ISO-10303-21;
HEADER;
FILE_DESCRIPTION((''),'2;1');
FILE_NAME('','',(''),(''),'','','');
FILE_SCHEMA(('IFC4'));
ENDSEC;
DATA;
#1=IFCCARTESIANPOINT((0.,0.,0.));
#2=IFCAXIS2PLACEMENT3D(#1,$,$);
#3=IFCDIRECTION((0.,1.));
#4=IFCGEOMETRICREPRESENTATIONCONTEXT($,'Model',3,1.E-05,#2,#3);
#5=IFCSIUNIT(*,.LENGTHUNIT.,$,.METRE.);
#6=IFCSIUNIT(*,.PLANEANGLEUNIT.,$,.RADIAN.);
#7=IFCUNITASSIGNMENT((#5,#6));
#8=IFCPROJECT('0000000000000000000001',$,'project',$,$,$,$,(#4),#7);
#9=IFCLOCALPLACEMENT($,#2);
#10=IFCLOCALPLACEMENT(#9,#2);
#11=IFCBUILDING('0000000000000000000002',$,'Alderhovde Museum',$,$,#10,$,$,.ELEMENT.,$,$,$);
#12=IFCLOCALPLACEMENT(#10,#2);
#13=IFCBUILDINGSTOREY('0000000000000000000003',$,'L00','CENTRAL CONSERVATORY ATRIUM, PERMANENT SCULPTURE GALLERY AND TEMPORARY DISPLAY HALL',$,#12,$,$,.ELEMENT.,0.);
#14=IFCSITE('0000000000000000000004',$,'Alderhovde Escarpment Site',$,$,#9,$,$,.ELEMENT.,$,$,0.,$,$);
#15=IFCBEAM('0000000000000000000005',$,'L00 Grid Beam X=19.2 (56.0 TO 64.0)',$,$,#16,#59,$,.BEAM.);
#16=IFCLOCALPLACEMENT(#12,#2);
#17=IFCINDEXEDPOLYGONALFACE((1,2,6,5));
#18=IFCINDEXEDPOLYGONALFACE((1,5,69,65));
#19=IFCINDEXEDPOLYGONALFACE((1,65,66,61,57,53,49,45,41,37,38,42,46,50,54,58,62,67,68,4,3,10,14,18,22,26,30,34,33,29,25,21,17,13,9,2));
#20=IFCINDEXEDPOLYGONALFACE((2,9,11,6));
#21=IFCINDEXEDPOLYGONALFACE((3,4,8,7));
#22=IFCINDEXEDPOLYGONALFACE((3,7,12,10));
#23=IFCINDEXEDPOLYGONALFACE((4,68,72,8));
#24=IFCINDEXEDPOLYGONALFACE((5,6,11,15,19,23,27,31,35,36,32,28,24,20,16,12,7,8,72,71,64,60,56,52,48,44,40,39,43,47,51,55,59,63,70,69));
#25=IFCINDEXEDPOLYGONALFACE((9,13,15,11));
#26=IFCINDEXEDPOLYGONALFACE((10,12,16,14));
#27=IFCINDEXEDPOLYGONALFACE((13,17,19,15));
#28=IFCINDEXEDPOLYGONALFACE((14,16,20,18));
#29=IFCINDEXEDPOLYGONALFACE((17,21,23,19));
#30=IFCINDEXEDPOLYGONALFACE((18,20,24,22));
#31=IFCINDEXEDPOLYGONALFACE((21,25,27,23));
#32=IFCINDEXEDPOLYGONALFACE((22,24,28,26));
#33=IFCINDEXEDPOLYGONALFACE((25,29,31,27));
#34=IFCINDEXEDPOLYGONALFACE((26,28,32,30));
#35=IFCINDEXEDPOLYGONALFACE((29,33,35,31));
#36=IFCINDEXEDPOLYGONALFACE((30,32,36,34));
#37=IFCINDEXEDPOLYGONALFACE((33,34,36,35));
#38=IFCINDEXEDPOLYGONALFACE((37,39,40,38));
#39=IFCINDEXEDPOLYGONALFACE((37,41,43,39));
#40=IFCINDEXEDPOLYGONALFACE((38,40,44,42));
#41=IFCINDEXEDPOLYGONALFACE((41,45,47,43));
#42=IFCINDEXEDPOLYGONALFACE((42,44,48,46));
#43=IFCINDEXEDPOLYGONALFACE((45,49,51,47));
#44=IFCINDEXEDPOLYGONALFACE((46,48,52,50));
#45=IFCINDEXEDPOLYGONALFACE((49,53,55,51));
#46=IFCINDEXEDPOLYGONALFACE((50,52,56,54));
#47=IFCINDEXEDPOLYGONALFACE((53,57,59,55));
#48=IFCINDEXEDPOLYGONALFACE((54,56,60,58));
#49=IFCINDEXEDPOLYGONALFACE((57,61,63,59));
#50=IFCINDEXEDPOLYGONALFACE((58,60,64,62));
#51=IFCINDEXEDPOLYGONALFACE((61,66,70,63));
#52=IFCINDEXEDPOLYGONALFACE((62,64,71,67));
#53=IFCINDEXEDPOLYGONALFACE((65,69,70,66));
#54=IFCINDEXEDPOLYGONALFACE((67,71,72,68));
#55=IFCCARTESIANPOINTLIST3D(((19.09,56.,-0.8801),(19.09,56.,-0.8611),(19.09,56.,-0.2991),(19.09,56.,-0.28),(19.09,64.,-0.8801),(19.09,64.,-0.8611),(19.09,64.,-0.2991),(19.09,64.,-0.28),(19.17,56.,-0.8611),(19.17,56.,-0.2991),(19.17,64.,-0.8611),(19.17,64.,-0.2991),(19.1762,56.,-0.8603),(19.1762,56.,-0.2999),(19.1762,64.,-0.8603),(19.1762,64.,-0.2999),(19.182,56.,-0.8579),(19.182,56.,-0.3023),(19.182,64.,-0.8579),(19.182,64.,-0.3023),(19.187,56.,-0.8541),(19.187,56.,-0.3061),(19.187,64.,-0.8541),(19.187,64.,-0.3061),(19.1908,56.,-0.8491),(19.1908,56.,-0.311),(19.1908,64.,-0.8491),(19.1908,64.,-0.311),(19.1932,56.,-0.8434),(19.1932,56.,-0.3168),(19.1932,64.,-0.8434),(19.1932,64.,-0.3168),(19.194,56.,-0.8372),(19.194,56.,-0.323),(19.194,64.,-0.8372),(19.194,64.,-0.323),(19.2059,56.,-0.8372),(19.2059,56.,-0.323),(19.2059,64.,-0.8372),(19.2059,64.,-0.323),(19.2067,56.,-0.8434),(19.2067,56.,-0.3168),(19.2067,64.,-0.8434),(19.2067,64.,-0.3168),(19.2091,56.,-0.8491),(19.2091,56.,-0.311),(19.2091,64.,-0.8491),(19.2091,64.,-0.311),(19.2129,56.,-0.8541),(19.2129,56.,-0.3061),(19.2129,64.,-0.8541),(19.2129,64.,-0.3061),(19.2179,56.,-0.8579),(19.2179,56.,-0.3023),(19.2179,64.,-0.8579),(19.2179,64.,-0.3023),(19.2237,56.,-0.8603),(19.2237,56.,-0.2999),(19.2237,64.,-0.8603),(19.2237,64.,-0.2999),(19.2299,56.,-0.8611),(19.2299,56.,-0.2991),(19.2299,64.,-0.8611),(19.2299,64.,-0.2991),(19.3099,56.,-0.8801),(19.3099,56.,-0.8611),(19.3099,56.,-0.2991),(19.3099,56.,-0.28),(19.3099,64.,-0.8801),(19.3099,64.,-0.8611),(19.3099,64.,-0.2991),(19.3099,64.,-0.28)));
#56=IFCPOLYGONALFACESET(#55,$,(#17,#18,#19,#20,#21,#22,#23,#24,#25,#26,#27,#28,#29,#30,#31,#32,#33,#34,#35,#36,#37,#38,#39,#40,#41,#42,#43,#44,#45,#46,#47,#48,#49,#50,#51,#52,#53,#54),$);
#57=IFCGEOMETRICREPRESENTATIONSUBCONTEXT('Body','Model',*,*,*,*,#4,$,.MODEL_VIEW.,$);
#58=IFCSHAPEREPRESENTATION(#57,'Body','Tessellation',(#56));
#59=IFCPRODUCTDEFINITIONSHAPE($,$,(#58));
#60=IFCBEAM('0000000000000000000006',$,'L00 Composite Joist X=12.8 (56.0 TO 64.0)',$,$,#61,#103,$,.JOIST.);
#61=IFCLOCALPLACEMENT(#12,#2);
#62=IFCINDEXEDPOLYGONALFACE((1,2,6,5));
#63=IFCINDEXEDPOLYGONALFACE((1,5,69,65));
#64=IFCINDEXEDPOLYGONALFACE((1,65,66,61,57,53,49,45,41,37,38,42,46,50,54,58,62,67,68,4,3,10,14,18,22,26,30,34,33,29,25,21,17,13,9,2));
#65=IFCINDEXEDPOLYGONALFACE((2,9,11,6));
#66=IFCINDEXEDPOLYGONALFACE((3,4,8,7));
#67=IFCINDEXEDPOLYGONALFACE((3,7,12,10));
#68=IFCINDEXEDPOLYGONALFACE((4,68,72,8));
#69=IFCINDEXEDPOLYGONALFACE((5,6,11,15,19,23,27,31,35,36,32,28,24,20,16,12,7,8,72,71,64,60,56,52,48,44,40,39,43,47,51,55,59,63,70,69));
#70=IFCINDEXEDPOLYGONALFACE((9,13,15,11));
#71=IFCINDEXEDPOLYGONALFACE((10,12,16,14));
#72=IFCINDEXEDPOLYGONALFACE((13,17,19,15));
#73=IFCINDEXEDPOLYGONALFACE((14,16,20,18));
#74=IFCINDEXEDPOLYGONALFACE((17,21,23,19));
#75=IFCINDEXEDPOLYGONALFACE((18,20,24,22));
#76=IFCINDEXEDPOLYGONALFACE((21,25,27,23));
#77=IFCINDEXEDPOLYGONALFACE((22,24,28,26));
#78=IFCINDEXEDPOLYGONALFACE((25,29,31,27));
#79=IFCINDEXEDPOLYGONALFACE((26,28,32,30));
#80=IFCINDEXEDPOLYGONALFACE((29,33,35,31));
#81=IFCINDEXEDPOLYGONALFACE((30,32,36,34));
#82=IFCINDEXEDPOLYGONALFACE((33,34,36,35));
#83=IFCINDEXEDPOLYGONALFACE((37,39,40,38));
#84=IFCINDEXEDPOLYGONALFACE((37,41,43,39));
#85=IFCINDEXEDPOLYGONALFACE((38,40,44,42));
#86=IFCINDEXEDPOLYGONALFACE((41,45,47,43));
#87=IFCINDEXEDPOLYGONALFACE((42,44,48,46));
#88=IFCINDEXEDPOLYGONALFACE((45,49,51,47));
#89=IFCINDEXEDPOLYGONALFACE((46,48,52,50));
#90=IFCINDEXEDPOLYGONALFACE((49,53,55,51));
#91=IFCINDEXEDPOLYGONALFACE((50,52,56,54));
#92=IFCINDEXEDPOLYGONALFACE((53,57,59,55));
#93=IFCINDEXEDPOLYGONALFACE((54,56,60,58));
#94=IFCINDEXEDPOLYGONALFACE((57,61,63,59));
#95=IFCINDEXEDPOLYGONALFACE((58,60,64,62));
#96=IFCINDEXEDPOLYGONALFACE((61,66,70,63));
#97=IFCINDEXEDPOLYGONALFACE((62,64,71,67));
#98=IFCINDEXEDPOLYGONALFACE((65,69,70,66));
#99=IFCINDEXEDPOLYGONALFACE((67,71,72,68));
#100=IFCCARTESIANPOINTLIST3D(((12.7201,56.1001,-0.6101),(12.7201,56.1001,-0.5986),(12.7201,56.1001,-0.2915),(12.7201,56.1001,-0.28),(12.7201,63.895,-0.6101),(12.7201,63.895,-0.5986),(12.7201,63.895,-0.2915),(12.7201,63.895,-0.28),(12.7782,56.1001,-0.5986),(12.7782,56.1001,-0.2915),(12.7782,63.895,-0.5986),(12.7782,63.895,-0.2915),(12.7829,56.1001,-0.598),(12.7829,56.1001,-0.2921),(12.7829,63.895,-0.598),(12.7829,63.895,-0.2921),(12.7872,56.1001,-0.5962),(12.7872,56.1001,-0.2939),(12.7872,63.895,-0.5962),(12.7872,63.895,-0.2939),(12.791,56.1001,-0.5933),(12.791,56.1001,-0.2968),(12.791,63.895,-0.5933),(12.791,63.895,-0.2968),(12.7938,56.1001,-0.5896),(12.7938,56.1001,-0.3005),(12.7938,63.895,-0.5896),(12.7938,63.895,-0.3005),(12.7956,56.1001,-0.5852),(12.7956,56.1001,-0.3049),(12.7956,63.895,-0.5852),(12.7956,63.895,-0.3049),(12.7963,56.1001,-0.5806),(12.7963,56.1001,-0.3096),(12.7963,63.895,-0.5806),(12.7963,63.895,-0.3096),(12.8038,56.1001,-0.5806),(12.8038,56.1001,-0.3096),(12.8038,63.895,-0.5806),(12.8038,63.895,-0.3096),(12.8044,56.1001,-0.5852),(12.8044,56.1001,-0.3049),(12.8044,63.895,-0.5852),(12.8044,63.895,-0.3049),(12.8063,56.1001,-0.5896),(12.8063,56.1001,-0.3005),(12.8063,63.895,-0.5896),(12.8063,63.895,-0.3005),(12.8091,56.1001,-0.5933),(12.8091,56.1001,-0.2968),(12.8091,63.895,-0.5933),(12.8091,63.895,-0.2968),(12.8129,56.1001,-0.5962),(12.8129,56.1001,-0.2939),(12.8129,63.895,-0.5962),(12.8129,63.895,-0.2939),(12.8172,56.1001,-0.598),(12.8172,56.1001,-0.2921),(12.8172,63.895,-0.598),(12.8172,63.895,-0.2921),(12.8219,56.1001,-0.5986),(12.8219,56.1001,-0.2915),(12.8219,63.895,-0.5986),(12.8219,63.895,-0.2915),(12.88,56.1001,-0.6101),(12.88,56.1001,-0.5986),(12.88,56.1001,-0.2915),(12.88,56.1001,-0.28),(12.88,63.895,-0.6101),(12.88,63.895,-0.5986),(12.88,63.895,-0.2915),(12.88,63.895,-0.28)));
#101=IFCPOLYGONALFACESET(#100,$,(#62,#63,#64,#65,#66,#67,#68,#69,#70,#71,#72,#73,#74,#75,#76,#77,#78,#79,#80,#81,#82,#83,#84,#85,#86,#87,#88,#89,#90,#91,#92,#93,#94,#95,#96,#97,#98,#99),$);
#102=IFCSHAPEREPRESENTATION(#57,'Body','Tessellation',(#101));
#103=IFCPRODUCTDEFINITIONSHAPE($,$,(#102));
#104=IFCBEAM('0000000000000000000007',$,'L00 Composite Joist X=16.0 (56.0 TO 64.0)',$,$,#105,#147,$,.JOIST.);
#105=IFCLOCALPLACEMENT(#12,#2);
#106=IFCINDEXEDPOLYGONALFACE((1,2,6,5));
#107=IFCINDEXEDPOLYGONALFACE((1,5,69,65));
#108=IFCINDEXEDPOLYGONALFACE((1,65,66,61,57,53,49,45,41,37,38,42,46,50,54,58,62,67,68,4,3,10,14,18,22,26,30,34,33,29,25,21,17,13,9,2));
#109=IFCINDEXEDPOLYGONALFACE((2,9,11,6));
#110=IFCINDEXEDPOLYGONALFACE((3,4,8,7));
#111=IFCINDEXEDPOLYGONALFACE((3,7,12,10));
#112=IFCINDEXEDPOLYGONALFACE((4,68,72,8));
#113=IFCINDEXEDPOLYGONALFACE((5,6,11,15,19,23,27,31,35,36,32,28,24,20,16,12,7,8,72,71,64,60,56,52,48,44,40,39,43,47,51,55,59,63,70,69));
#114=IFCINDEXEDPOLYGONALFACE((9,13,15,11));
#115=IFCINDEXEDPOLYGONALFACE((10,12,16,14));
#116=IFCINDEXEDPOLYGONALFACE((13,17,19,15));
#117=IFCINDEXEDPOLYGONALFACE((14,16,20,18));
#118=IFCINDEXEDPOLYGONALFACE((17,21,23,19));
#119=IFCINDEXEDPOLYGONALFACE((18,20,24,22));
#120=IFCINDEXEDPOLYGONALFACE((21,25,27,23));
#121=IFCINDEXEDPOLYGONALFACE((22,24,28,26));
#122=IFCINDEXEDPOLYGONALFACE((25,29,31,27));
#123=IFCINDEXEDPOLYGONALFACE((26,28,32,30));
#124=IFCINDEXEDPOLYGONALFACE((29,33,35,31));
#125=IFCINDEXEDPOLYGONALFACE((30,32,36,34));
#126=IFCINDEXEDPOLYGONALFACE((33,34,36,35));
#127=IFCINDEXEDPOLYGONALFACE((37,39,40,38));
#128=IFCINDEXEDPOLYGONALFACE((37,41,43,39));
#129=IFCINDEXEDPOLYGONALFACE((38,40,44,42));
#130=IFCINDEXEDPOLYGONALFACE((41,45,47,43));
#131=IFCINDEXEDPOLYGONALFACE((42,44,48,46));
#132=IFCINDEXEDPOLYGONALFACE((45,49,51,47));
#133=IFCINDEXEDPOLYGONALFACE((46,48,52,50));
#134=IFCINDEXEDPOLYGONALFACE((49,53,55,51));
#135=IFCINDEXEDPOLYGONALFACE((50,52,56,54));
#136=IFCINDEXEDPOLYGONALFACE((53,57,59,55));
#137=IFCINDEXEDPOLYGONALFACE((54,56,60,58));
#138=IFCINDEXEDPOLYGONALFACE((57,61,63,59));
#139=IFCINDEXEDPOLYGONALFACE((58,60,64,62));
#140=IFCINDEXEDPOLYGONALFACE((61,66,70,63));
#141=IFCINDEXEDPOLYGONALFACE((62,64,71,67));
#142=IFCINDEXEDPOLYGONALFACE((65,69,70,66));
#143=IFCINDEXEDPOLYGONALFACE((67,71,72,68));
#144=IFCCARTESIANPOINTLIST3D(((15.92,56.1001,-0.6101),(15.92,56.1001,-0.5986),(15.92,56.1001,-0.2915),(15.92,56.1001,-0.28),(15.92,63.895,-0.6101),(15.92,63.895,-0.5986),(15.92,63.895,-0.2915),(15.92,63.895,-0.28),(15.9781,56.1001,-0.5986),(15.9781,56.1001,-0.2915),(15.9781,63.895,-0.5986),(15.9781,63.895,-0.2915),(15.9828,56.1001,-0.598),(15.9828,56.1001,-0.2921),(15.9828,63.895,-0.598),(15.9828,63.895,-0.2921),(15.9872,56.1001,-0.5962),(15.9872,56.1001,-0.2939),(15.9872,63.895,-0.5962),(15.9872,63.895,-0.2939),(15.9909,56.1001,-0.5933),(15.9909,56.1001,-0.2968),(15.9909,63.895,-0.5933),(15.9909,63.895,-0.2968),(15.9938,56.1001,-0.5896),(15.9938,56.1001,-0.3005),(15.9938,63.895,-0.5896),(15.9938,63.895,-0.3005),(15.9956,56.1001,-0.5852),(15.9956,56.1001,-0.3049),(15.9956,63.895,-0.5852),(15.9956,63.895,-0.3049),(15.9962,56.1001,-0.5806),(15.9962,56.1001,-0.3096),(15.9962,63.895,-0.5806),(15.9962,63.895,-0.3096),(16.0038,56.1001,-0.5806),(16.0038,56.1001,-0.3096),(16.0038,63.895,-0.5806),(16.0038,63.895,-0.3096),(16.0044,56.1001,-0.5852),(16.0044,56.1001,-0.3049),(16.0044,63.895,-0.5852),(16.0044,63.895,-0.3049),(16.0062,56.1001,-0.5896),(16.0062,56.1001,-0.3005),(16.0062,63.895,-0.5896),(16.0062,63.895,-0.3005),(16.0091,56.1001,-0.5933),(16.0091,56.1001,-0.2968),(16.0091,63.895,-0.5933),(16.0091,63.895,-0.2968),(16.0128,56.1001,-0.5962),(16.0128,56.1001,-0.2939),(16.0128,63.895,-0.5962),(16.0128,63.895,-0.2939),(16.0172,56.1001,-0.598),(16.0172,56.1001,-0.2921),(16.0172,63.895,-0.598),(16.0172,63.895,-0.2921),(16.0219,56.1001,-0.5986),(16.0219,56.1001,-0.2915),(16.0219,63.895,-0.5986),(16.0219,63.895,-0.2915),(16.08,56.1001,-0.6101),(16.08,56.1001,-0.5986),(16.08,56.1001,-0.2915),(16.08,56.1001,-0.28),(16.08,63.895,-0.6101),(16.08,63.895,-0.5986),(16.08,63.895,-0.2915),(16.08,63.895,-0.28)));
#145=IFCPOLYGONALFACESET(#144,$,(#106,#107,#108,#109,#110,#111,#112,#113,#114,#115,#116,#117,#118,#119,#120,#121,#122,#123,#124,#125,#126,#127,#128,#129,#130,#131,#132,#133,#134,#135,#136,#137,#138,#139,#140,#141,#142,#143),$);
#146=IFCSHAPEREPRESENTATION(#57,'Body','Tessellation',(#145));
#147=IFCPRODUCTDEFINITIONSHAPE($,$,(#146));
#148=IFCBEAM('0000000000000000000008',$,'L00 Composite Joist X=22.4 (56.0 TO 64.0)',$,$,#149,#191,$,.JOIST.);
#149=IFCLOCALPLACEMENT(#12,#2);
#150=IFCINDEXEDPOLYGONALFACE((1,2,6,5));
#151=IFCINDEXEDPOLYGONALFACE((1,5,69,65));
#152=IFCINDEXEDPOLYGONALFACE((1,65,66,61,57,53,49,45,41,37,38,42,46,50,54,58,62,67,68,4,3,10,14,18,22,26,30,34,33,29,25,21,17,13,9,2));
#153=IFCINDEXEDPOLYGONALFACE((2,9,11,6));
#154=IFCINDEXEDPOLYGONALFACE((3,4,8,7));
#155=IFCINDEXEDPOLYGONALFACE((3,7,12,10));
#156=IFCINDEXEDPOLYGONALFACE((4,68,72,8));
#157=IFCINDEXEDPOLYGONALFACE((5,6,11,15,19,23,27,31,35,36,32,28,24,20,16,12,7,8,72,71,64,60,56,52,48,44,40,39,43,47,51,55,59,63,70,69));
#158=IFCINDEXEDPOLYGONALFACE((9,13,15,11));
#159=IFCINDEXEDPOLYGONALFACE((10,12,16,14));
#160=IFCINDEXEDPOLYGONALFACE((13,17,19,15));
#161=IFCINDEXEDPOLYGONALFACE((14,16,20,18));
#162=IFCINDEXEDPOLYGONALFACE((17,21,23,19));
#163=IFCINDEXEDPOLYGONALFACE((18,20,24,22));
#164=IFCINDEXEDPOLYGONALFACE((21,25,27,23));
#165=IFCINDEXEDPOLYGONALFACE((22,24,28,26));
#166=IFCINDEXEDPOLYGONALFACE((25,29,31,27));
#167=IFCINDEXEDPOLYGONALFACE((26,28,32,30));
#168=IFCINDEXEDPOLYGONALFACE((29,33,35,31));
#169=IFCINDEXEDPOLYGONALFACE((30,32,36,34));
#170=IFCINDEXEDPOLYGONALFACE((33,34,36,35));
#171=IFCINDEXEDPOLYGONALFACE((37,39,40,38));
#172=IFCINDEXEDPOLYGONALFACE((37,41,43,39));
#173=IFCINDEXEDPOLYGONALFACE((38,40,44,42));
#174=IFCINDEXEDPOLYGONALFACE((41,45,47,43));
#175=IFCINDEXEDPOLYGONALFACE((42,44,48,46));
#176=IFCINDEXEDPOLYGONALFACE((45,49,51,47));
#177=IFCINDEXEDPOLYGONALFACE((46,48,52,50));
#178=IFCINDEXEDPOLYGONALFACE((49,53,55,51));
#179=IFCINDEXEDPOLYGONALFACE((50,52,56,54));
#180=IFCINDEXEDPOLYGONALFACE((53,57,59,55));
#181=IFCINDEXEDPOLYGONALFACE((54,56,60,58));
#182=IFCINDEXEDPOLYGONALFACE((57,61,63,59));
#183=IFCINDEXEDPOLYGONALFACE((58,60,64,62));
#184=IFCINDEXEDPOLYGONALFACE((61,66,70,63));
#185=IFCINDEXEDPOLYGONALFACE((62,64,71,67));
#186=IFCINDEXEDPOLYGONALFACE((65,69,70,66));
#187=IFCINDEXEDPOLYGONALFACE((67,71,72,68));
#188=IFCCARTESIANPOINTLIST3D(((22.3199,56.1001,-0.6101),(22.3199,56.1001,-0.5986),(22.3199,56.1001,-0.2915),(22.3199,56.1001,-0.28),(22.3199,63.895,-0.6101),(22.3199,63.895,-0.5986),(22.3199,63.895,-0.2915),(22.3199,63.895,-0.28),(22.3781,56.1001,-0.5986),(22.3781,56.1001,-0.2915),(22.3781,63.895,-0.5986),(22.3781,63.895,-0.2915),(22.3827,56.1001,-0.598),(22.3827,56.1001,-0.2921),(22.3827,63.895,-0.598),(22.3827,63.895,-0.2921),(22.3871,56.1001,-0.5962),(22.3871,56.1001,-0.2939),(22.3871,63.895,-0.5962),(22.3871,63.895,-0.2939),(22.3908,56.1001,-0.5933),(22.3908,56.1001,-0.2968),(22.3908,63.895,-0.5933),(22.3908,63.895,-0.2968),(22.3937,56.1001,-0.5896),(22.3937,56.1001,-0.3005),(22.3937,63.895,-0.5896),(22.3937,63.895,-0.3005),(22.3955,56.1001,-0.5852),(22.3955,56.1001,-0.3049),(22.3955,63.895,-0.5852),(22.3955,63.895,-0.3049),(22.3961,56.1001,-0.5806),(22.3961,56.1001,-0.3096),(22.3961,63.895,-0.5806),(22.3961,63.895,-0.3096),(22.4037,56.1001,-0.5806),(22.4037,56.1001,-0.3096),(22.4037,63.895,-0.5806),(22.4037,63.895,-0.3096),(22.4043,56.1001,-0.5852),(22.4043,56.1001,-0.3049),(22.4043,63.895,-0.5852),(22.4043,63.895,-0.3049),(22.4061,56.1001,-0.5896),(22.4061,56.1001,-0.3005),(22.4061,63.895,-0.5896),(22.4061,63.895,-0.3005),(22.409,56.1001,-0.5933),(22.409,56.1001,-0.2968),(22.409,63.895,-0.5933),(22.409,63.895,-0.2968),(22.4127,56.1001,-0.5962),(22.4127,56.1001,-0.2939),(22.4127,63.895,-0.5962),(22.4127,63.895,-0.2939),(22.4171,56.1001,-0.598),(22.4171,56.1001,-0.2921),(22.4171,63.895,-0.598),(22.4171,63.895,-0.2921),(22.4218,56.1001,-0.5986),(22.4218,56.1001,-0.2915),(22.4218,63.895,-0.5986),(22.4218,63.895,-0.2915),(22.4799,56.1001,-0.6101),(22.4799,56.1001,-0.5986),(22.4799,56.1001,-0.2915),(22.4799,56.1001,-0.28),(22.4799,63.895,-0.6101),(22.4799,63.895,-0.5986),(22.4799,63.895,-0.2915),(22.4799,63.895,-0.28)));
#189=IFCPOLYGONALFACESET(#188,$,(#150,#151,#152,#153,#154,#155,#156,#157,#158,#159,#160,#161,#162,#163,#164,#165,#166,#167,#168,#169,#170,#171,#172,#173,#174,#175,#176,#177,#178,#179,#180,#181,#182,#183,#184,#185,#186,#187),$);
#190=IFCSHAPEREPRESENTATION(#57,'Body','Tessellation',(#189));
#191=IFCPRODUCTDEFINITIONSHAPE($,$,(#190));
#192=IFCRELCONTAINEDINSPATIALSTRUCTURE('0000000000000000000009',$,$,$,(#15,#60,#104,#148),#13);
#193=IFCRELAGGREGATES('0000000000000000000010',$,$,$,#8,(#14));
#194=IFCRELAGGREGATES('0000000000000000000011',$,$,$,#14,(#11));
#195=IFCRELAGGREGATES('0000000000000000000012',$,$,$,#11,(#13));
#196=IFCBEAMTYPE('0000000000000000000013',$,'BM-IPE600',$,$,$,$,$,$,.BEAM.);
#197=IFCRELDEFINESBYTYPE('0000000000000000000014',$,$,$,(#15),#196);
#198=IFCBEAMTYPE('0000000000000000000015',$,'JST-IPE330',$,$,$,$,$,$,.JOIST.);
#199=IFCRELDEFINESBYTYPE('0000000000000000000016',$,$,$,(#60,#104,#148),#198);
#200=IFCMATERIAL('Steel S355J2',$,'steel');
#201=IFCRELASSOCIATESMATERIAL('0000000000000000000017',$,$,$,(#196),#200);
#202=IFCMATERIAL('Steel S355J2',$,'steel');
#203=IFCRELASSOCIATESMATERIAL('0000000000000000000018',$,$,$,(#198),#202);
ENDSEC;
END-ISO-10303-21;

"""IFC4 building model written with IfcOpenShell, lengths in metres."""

from ifc_helpers import new_model, si_unit, direction, frame, origin, origin_2d, place, context, subcontext, project, spatial, i_section, extrude, material, material_profile, profile_set, type_object, element, save


model = new_model("IFC4")

# Units and contexts
model_context = context("Model", 3, precision=1e-05, world=origin(), true_north=direction((0.0, 1.0)))
body_context = subcontext(model_context, "Body", "Model", "MODEL_VIEW")
ifc_project = project(units=[si_unit("LENGTHUNIT", "METRE"), si_unit("PLANEANGLEUNIT", "RADIAN")], contexts=[model_context])

# Site, building, storey
site_placement = place(None, origin())
site = spatial("IfcSite", under=ifc_project, at=site_placement, Name="Alderhovde Escarpment Site", CompositionType="ELEMENT", RefElevation=0.0)
building_placement = place(site_placement, origin())
building = spatial("IfcBuilding", under=site, at=building_placement, Name="Alderhovde Museum", CompositionType="ELEMENT")
storey_placement = place(building_placement, origin())
storey = spatial("IfcBuildingStorey", under=building, at=storey_placement, Name="L00", Description="CENTRAL CONSERVATORY ATRIUM, PERMANENT SCULPTURE GALLERY AND TEMPORARY DISPLAY HALL", CompositionType="ELEMENT", Elevation=0.0)

# Beams
ifc_material_1 = material(Name="Steel S355J2", Category="steel")
ifc_material_profile_1 = material_profile(ifc_material_1, i_section(OverallWidth=0.22, OverallDepth=0.6001, WebThickness=0.012, FlangeThickness=0.019, FilletRadius=0.0239, at=origin_2d()), Name="IPE 600")
ifc_profile_set_1 = profile_set([ifc_material_profile_1], Name="Steel S355J2")
beam_type_1 = type_object("IfcBeamType", Name="BM-IPE600", PredefinedType="BEAM", material=ifc_profile_set_1)
beam_1_placement = place(storey_placement, frame((19.2, 56.0, -0.5801), z_axis=(0.0, 1.0, 0.0), x_axis=(-1.0, 0.0, 0.0)))
element("IfcBeam", 1, at=beam_1_placement, inside=storey, type_object=beam_type_1, Name="L00 Grid Beam X=19.2 (56.0 TO 64.0)", PredefinedType="BEAM", context=body_context, shape_type="SweptSolid", body=[
    extrude(i_section(OverallWidth=0.22, OverallDepth=0.6001, WebThickness=0.012, FlangeThickness=0.019, FilletRadius=0.0239, at=origin_2d()), origin(), (0.0, 0.0, 1.0), 8.0),
])
ifc_material_2 = material(Name="Steel S355J2", Category="steel")
ifc_material_profile_2 = material_profile(ifc_material_2, i_section(OverallWidth=0.1599, OverallDepth=0.3301, WebThickness=0.0076, FlangeThickness=0.0115, FilletRadius=0.0181, at=origin_2d()), Name="IPE 330")
ifc_profile_set_2 = profile_set([ifc_material_profile_2], Name="Steel S355J2")
beam_type_2 = type_object("IfcBeamType", Name="JST-IPE330", PredefinedType="JOIST", material=ifc_profile_set_2)
for number, where, z_axis, x_axis, name in (
    (2, (12.8, 56.1001, -0.4451), (0.0, 1.0, 0.0), (-1.0, 0.0, 0.0), "L00 Composite Joist X=12.8 (56.0 TO 64.0)"),
    (3, (16.0, 56.1001, -0.4451), (0.0, 1.0, 0.0), (-1.0, 0.0, 0.0), "L00 Composite Joist X=16.0 (56.0 TO 64.0)"),
    (4, (22.3999, 56.1001, -0.4451), (0.0, 1.0, 0.0), (-1.0, 0.0, 0.0), "L00 Composite Joist X=22.4 (56.0 TO 64.0)"),
):
    element("IfcBeam", number, at=place(storey_placement, frame(where, z_axis=z_axis, x_axis=x_axis)), inside=storey, type_object=beam_type_2, Name=name, PredefinedType="JOIST", context=body_context, shape_type="SweptSolid", body=[
        extrude(i_section(OverallWidth=0.1599, OverallDepth=0.3301, WebThickness=0.0076, FlangeThickness=0.0115, FilletRadius=0.0181, at=origin_2d()), origin(), (0.0, 0.0, 1.0), 7.7949),
    ])

save(model, "model.ifc")
